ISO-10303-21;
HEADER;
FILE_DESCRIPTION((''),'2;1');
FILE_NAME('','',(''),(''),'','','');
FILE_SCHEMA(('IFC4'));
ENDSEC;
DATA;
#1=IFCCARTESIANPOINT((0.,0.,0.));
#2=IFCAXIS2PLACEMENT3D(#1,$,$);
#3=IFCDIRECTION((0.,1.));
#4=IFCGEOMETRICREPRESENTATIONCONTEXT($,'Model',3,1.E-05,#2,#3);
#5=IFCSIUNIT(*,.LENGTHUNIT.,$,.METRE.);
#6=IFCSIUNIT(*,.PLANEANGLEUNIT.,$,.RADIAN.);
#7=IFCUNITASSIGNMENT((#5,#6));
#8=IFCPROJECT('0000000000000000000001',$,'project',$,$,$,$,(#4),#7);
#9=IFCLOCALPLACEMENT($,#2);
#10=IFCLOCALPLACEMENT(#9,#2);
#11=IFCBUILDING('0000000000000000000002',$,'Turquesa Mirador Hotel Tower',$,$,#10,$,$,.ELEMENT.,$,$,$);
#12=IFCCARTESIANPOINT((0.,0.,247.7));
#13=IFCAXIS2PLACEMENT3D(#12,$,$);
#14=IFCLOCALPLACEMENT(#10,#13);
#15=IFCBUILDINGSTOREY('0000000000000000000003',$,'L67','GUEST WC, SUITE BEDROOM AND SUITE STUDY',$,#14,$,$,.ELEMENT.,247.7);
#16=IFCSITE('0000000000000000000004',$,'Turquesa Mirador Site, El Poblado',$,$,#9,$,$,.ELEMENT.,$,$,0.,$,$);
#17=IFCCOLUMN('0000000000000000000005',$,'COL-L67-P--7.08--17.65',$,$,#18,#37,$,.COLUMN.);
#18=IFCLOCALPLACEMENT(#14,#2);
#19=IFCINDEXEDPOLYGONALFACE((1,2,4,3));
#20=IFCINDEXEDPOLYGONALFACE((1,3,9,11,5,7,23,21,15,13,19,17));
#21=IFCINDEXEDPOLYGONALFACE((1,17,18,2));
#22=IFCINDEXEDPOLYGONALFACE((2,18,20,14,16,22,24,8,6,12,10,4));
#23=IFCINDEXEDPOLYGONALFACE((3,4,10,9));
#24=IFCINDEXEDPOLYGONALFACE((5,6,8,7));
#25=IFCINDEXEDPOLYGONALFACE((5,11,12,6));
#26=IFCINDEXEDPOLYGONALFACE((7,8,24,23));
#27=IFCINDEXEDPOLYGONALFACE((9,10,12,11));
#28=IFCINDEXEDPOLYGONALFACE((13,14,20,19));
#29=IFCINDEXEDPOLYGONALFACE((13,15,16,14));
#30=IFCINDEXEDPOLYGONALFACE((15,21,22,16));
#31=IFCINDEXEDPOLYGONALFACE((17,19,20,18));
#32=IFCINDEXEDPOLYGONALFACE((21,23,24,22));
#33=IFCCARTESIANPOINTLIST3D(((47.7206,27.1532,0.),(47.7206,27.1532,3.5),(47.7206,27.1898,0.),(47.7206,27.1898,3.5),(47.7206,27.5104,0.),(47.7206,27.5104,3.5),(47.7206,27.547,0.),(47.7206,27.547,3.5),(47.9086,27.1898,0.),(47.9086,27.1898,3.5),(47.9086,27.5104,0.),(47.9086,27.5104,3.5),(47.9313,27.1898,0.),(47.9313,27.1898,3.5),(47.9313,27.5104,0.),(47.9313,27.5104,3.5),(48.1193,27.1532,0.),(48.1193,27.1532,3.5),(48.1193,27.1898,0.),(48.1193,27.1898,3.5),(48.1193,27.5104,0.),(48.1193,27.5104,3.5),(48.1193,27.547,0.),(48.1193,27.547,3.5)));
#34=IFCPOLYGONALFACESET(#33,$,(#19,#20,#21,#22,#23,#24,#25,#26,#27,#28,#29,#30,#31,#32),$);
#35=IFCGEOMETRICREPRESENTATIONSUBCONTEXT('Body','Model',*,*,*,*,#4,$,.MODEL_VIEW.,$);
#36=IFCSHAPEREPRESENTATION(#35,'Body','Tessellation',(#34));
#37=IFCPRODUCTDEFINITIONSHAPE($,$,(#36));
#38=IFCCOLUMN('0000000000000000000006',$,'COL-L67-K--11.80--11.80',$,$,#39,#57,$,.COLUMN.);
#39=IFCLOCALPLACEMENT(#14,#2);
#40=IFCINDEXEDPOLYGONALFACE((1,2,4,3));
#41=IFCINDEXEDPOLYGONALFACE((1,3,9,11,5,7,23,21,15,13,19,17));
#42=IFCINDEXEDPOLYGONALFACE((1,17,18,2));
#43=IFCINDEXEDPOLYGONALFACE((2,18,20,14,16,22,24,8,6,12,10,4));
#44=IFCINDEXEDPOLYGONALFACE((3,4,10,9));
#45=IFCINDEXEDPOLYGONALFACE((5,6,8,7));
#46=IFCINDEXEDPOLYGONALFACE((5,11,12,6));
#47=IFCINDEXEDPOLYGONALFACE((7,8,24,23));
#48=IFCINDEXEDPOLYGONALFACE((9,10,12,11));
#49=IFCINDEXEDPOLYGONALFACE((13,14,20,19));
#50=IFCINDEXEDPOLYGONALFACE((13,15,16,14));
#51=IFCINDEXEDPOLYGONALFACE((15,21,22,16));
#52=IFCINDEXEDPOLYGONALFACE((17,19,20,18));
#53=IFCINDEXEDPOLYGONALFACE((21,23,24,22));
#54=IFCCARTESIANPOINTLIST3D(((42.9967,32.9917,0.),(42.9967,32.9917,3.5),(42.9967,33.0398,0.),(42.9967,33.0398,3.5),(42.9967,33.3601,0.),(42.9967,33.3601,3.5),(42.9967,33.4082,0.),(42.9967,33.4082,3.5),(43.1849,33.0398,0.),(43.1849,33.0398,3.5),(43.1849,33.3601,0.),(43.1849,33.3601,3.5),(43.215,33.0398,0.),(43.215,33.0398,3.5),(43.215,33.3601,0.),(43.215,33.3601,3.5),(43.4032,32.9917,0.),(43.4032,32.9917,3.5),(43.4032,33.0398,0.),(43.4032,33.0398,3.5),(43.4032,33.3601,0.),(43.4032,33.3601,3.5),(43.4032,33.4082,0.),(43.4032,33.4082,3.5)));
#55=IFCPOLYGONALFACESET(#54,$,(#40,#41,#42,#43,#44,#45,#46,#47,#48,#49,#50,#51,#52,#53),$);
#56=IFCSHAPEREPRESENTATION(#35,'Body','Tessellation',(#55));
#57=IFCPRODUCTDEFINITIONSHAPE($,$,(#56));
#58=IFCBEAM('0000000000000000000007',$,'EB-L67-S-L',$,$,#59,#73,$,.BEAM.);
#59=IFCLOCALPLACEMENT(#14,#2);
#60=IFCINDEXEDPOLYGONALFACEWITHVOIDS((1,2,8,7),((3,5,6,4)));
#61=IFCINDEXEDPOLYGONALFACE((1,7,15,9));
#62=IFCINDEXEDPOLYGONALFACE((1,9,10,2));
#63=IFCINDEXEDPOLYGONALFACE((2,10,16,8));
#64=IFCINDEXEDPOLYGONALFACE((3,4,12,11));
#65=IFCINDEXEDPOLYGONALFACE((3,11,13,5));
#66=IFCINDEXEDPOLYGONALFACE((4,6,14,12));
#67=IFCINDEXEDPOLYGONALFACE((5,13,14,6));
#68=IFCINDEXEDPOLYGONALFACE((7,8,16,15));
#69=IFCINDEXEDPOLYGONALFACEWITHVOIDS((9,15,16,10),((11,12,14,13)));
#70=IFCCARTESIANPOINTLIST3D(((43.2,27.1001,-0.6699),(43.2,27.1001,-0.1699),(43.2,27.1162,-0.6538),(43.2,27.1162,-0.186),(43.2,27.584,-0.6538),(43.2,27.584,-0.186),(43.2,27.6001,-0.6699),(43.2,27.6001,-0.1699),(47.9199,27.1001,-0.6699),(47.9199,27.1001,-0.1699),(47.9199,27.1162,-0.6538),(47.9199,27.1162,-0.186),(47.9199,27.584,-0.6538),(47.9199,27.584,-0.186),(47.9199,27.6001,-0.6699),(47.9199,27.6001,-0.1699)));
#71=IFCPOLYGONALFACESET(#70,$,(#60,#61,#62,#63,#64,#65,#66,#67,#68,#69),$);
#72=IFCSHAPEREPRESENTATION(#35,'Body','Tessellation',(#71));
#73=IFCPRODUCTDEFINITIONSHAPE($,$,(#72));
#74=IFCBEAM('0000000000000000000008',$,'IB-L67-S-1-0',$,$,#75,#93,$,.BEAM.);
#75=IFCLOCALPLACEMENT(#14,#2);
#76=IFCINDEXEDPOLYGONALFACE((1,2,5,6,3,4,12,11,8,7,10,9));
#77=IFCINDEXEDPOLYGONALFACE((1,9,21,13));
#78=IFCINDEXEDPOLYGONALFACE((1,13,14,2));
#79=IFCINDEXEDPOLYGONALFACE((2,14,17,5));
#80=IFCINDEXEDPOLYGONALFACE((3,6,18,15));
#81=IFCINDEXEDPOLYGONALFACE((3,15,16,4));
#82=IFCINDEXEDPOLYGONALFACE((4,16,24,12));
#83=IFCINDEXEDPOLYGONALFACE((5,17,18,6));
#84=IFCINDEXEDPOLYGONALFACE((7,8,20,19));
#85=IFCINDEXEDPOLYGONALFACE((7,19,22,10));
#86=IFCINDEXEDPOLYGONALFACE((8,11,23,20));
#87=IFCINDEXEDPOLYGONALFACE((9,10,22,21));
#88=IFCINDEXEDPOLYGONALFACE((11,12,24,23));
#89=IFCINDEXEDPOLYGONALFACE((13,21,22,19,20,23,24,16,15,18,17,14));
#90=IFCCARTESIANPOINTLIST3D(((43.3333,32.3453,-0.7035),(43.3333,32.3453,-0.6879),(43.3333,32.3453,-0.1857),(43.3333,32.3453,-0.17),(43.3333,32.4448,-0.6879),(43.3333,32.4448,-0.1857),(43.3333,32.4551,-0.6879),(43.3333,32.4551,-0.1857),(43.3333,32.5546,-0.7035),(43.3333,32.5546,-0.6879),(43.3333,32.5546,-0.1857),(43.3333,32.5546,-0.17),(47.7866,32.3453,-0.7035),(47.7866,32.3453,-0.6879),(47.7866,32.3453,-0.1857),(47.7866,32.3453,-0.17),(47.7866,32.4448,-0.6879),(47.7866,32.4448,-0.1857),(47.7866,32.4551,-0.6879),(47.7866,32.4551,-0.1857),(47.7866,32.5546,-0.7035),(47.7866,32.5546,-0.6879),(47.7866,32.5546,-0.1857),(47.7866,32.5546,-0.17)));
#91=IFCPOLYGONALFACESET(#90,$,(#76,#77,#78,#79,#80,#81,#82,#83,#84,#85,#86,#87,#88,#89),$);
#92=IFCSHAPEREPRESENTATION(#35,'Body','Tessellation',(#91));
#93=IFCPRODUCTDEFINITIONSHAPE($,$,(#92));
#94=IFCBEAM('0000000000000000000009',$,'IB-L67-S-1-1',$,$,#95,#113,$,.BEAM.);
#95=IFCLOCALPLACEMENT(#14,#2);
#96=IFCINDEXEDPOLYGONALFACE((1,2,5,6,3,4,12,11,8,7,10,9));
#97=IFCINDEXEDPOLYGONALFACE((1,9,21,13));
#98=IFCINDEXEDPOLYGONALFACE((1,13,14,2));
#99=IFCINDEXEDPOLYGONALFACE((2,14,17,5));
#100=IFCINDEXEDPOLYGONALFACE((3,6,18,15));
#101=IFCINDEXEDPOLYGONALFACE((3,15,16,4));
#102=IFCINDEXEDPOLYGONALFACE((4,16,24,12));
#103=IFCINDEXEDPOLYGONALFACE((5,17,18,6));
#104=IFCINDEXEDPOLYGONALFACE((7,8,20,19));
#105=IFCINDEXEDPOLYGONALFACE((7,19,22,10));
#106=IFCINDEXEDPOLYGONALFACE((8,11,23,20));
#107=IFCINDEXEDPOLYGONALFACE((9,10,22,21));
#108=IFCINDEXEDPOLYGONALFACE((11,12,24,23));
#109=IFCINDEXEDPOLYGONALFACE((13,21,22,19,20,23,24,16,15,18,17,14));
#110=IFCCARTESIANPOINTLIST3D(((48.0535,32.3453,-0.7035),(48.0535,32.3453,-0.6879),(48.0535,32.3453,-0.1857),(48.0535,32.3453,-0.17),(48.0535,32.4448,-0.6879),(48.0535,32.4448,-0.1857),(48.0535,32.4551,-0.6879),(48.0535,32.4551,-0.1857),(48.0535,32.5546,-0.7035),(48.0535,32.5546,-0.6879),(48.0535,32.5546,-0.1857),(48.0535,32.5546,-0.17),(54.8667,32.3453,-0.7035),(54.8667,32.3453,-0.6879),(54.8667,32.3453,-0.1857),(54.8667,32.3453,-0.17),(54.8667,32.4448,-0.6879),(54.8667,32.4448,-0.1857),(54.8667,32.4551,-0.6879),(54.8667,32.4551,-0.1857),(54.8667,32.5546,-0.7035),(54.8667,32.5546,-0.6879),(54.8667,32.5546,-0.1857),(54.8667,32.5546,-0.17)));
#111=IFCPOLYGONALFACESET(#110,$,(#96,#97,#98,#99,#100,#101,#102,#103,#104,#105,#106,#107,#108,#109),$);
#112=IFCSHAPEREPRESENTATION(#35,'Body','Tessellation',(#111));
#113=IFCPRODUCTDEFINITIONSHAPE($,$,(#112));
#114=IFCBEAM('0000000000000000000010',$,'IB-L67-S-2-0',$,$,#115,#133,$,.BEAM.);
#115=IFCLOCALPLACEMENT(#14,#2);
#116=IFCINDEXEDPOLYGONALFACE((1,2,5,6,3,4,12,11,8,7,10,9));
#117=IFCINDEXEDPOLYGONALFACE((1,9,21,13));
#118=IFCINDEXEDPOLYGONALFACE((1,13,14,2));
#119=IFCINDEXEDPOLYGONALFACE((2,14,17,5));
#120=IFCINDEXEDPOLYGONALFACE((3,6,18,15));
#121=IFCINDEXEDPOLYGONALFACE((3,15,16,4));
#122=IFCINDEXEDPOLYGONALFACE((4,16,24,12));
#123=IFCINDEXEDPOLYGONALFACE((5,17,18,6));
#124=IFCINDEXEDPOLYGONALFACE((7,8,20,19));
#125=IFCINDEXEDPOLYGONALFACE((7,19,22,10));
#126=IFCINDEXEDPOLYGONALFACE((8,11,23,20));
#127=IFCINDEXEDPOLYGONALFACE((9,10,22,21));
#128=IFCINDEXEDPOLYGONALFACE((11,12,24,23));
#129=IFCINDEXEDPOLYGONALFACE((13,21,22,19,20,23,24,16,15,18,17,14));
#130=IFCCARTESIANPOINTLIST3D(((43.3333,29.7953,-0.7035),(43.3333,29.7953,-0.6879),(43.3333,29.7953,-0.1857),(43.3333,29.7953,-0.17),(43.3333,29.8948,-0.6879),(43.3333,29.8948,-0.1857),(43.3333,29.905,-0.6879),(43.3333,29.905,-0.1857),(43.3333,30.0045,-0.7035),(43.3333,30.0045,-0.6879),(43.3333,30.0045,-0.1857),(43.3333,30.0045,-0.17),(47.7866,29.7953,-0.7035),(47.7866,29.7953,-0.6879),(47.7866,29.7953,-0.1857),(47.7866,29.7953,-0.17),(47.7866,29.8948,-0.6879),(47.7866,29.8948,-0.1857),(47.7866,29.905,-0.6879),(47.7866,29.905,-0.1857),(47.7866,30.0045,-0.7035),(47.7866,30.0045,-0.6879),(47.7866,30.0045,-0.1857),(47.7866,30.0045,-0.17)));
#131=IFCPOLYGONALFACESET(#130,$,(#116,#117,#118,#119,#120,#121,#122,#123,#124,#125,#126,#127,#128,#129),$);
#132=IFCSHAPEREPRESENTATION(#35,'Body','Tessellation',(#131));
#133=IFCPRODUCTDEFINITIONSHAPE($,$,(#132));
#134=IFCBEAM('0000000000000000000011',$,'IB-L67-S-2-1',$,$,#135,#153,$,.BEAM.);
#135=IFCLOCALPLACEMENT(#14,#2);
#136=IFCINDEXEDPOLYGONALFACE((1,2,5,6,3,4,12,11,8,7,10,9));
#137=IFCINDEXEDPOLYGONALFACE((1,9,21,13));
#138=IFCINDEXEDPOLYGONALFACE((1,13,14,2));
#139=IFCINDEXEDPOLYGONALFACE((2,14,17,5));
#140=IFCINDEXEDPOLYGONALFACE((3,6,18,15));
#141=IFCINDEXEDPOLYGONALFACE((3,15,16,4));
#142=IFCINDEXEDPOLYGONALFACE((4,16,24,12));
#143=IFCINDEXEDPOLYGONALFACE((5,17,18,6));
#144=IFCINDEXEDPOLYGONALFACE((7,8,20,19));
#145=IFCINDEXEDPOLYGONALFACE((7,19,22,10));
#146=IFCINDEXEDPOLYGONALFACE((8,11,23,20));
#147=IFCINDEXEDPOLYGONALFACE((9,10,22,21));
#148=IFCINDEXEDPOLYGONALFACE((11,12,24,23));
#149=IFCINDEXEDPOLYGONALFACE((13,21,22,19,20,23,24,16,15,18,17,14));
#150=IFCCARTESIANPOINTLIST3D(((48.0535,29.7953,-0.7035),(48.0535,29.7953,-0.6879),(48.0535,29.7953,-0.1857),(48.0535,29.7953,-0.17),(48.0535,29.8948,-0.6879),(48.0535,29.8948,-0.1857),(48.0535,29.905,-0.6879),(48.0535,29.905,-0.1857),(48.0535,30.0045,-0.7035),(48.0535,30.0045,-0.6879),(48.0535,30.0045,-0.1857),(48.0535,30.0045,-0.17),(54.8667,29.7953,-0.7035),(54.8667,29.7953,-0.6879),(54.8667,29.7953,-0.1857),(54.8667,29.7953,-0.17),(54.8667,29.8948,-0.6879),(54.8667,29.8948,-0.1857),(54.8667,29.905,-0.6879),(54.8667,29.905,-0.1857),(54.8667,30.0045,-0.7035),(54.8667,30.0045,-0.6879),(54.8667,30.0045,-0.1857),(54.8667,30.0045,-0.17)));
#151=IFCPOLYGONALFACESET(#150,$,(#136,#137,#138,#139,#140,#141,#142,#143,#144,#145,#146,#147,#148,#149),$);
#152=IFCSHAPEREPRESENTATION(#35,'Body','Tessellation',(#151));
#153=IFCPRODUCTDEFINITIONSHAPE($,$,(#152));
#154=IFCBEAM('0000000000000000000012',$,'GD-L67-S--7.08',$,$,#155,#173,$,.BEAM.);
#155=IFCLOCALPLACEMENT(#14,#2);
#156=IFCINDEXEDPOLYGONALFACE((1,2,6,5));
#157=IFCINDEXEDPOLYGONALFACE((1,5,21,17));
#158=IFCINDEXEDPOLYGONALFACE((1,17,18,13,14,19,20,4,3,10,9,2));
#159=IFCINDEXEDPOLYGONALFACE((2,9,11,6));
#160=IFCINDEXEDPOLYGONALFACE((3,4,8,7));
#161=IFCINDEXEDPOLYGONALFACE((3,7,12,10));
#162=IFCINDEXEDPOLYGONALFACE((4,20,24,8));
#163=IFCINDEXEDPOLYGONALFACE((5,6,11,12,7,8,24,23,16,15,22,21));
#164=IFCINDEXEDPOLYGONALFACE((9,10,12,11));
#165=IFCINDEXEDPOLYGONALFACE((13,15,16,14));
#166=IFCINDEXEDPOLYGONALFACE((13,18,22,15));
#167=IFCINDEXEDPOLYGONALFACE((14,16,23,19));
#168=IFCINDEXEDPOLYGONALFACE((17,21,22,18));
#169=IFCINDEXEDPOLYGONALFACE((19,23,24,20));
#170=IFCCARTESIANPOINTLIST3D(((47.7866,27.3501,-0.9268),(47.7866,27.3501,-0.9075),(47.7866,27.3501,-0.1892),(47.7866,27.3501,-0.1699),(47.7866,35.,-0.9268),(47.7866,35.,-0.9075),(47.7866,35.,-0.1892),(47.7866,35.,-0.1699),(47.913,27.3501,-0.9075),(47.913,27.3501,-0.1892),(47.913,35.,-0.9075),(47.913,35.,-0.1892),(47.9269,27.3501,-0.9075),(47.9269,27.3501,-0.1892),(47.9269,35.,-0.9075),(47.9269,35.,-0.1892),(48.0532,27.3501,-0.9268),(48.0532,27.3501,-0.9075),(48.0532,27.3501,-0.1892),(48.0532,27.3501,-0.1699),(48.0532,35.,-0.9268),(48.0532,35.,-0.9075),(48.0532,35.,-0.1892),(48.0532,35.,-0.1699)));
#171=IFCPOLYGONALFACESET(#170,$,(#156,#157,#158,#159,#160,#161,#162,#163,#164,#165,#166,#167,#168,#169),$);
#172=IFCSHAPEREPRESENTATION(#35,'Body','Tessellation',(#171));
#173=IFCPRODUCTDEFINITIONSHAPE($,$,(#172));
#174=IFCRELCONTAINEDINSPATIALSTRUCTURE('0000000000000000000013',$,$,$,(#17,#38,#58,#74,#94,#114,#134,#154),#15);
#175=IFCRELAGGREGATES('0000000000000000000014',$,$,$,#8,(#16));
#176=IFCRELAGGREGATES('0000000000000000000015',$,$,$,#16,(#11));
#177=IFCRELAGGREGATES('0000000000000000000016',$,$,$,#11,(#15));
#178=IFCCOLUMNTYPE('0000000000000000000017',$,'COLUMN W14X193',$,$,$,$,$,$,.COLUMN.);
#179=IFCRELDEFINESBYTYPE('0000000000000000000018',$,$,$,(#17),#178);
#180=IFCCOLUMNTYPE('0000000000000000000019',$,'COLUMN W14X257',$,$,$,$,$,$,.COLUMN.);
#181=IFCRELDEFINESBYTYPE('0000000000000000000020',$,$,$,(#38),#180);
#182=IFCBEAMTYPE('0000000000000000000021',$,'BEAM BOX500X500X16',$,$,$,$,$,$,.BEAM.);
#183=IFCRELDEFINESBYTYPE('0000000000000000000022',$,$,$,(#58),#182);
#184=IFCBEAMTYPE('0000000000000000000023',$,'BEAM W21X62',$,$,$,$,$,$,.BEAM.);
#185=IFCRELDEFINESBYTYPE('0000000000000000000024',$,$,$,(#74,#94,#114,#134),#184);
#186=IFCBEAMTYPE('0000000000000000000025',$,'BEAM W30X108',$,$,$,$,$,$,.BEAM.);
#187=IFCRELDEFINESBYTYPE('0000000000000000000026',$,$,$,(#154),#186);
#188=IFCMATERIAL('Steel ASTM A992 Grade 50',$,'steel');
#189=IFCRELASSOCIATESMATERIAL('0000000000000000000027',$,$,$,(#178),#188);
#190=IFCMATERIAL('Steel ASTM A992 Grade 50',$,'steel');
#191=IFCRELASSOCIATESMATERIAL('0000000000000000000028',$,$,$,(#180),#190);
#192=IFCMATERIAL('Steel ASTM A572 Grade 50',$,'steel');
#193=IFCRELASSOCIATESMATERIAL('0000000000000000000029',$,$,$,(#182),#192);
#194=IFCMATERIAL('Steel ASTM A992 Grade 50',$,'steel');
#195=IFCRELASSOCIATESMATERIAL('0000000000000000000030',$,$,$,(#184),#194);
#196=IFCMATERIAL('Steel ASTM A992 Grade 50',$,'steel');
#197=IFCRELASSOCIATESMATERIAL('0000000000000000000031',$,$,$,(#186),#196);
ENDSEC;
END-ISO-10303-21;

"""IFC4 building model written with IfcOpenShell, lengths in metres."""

from ifc_helpers import new_model, si_unit, direction, frame, origin, origin_2d, place, context, subcontext, project, spatial, hollow_rectangle, i_section, extrude, material, material_profile, profile_set, type_object, element, save


model = new_model("IFC4")

# Units and contexts
model_context = context("Model", 3, precision=1e-05, world=origin(), true_north=direction((0.0, 1.0)))
body_context = subcontext(model_context, "Body", "Model", "MODEL_VIEW")
ifc_project = project(units=[si_unit("LENGTHUNIT", "METRE"), si_unit("PLANEANGLEUNIT", "RADIAN")], contexts=[model_context])

# Site, building, storey
site_placement = place(None, origin())
site = spatial("IfcSite", under=ifc_project, at=site_placement, Name="Turquesa Mirador Site, El Poblado", CompositionType="ELEMENT", RefElevation=0.0)
building_placement = place(site_placement, origin())
building = spatial("IfcBuilding", under=site, at=building_placement, Name="Turquesa Mirador Hotel Tower", CompositionType="ELEMENT")
storey_placement = place(building_placement, frame((0.0, 0.0, 247.7)))
storey = spatial("IfcBuildingStorey", under=building, at=storey_placement, Name="L67", Description="GUEST WC, SUITE BEDROOM AND SUITE STUDY", CompositionType="ELEMENT", Elevation=247.7)

# Columns
ifc_material_1 = material(Name="Steel ASTM A992 Grade 50", Category="steel")
ifc_material_profile_1 = material_profile(ifc_material_1, i_section(OverallWidth=0.3987, OverallDepth=0.3938, WebThickness=0.0227, FlangeThickness=0.0366, at=origin_2d()), Name="W14X193")
ifc_profile_set_1 = profile_set([ifc_material_profile_1], Name="Steel ASTM A992 Grade 50")
column_type_1 = type_object("IfcColumnType", Name="COLUMN W14X193", PredefinedType="COLUMN", material=ifc_profile_set_1)
column_1_placement = place(storey_placement, frame((47.9199, 27.3501, 0.0), z_axis=(0.0, 0.0, 1.0), x_axis=(1.0, 0.0, 0.0)))
element("IfcColumn", 1, at=column_1_placement, inside=storey, type_object=column_type_1, Name="COL-L67-P--7.08--17.65", PredefinedType="COLUMN", context=body_context, shape_type="SweptSolid", body=[
    extrude(i_section(OverallWidth=0.3987, OverallDepth=0.3938, WebThickness=0.0227, FlangeThickness=0.0366, at=origin_2d()), origin(), (0.0, 0.0, 1.0), 3.5),
])
ifc_material_2 = material(Name="Steel ASTM A992 Grade 50", Category="steel")
ifc_material_profile_2 = material_profile(ifc_material_2, i_section(OverallWidth=0.4065, OverallDepth=0.4165, WebThickness=0.03, FlangeThickness=0.0481, at=origin_2d()), Name="W14X257")
ifc_profile_set_2 = profile_set([ifc_material_profile_2], Name="Steel ASTM A992 Grade 50")
column_type_2 = type_object("IfcColumnType", Name="COLUMN W14X257", PredefinedType="COLUMN", material=ifc_profile_set_2)
column_2_placement = place(storey_placement, frame((43.2, 33.2, 0.0), z_axis=(0.0, 0.0, 1.0), x_axis=(1.0, 0.0, 0.0)))
element("IfcColumn", 2, at=column_2_placement, inside=storey, type_object=column_type_2, Name="COL-L67-K--11.80--11.80", PredefinedType="COLUMN", context=body_context, shape_type="SweptSolid", body=[
    extrude(i_section(OverallWidth=0.4065, OverallDepth=0.4165, WebThickness=0.03, FlangeThickness=0.0481, at=origin_2d()), origin(), (0.0, 0.0, 1.0), 3.5),
])

# Beams
ifc_material_3 = material(Name="Steel ASTM A572 Grade 50", Category="steel")
ifc_material_profile_3 = material_profile(ifc_material_3, hollow_rectangle(XDim=0.5, YDim=0.5, WallThickness=0.0161, at=origin_2d()), Name="BOX500X500X16")
ifc_profile_set_3 = profile_set([ifc_material_profile_3], Name="Steel ASTM A572 Grade 50")
beam_type_1 = type_object("IfcBeamType", Name="BEAM BOX500X500X16", PredefinedType="BEAM", material=ifc_profile_set_3)
beam_1_placement = place(storey_placement, frame((43.2, 27.3501, -0.4199), z_axis=(1.0, 0.0, 0.0), x_axis=(0.0, 1.0, 0.0)))
element("IfcBeam", 3, at=beam_1_placement, inside=storey, type_object=beam_type_1, Name="EB-L67-S-L", PredefinedType="BEAM", context=body_context, shape_type="SweptSolid", body=[
    extrude(hollow_rectangle(XDim=0.5, YDim=0.5, WallThickness=0.0161, at=origin_2d()), origin(), (0.0, 0.0, 1.0), 4.72),
])
ifc_material_4 = material(Name="Steel ASTM A992 Grade 50", Category="steel")
ifc_material_profile_4 = material_profile(ifc_material_4, i_section(OverallWidth=0.2092, OverallDepth=0.5334, WebThickness=0.0103, FlangeThickness=0.0156, at=origin_2d()), Name="W21X62")
ifc_profile_set_4 = profile_set([ifc_material_profile_4], Name="Steel ASTM A992 Grade 50")
beam_type_2 = type_object("IfcBeamType", Name="BEAM W21X62", PredefinedType="BEAM", material=ifc_profile_set_4)
beam_2_placement = place(storey_placement, frame((43.3333, 32.45, -0.4368), z_axis=(1.0, 0.0, 0.0), x_axis=(0.0, 1.0, 0.0)))
element("IfcBeam", 4, at=beam_2_placement, inside=storey, type_object=beam_type_2, Name="IB-L67-S-1-0", PredefinedType="BEAM", context=body_context, shape_type="SweptSolid", body=[
    extrude(i_section(OverallWidth=0.2092, OverallDepth=0.5334, WebThickness=0.0103, FlangeThickness=0.0156, at=origin_2d()), origin(), (0.0, 0.0, 1.0), 4.4534),
])
beam_3_placement = place(storey_placement, frame((48.0535, 32.45, -0.4368), z_axis=(1.0, 0.0, 0.0), x_axis=(0.0, 1.0, 0.0)))
element("IfcBeam", 5, at=beam_3_placement, inside=storey, type_object=beam_type_2, Name="IB-L67-S-1-1", PredefinedType="BEAM", context=body_context, shape_type="SweptSolid", body=[
    extrude(i_section(OverallWidth=0.2092, OverallDepth=0.5334, WebThickness=0.0103, FlangeThickness=0.0156, at=origin_2d()), origin(), (0.0, 0.0, 1.0), 6.8132),
])
beam_4_placement = place(storey_placement, frame((43.3333, 29.8999, -0.4368), z_axis=(1.0, 0.0, 0.0), x_axis=(0.0, 1.0, 0.0)))
element("IfcBeam", 6, at=beam_4_placement, inside=storey, type_object=beam_type_2, Name="IB-L67-S-2-0", PredefinedType="BEAM", context=body_context, shape_type="SweptSolid", body=[
    extrude(i_section(OverallWidth=0.2092, OverallDepth=0.5334, WebThickness=0.0103, FlangeThickness=0.0156, at=origin_2d()), origin(), (0.0, 0.0, 1.0), 4.4534),
])
beam_5_placement = place(storey_placement, frame((48.0535, 29.8999, -0.4368), z_axis=(1.0, 0.0, 0.0), x_axis=(0.0, 1.0, 0.0)))
element("IfcBeam", 7, at=beam_5_placement, inside=storey, type_object=beam_type_2, Name="IB-L67-S-2-1", PredefinedType="BEAM", context=body_context, shape_type="SweptSolid", body=[
    extrude(i_section(OverallWidth=0.2092, OverallDepth=0.5334, WebThickness=0.0103, FlangeThickness=0.0156, at=origin_2d()), origin(), (0.0, 0.0, 1.0), 6.8132),
])
ifc_material_5 = material(Name="Steel ASTM A992 Grade 50", Category="steel")
ifc_material_profile_5 = material_profile(ifc_material_5, i_section(OverallWidth=0.2666, OverallDepth=0.7568, WebThickness=0.0139, FlangeThickness=0.0193, at=origin_2d()), Name="W30X108")
ifc_profile_set_5 = profile_set([ifc_material_profile_5], Name="Steel ASTM A992 Grade 50")
beam_type_3 = type_object("IfcBeamType", Name="BEAM W30X108", PredefinedType="BEAM", material=ifc_profile_set_5)
beam_6_placement = place(storey_placement, frame((47.9199, 27.3501, -0.5483), z_axis=(0.0, 1.0, 0.0), x_axis=(-1.0, 0.0, 0.0)))
element("IfcBeam", 8, at=beam_6_placement, inside=storey, type_object=beam_type_3, Name="GD-L67-S--7.08", PredefinedType="BEAM", context=body_context, shape_type="SweptSolid", body=[
    extrude(i_section(OverallWidth=0.2666, OverallDepth=0.7568, WebThickness=0.0139, FlangeThickness=0.0193, at=origin_2d()), origin(), (0.0, 0.0, 1.0), 7.6499),
])

save(model, "model.ifc")
